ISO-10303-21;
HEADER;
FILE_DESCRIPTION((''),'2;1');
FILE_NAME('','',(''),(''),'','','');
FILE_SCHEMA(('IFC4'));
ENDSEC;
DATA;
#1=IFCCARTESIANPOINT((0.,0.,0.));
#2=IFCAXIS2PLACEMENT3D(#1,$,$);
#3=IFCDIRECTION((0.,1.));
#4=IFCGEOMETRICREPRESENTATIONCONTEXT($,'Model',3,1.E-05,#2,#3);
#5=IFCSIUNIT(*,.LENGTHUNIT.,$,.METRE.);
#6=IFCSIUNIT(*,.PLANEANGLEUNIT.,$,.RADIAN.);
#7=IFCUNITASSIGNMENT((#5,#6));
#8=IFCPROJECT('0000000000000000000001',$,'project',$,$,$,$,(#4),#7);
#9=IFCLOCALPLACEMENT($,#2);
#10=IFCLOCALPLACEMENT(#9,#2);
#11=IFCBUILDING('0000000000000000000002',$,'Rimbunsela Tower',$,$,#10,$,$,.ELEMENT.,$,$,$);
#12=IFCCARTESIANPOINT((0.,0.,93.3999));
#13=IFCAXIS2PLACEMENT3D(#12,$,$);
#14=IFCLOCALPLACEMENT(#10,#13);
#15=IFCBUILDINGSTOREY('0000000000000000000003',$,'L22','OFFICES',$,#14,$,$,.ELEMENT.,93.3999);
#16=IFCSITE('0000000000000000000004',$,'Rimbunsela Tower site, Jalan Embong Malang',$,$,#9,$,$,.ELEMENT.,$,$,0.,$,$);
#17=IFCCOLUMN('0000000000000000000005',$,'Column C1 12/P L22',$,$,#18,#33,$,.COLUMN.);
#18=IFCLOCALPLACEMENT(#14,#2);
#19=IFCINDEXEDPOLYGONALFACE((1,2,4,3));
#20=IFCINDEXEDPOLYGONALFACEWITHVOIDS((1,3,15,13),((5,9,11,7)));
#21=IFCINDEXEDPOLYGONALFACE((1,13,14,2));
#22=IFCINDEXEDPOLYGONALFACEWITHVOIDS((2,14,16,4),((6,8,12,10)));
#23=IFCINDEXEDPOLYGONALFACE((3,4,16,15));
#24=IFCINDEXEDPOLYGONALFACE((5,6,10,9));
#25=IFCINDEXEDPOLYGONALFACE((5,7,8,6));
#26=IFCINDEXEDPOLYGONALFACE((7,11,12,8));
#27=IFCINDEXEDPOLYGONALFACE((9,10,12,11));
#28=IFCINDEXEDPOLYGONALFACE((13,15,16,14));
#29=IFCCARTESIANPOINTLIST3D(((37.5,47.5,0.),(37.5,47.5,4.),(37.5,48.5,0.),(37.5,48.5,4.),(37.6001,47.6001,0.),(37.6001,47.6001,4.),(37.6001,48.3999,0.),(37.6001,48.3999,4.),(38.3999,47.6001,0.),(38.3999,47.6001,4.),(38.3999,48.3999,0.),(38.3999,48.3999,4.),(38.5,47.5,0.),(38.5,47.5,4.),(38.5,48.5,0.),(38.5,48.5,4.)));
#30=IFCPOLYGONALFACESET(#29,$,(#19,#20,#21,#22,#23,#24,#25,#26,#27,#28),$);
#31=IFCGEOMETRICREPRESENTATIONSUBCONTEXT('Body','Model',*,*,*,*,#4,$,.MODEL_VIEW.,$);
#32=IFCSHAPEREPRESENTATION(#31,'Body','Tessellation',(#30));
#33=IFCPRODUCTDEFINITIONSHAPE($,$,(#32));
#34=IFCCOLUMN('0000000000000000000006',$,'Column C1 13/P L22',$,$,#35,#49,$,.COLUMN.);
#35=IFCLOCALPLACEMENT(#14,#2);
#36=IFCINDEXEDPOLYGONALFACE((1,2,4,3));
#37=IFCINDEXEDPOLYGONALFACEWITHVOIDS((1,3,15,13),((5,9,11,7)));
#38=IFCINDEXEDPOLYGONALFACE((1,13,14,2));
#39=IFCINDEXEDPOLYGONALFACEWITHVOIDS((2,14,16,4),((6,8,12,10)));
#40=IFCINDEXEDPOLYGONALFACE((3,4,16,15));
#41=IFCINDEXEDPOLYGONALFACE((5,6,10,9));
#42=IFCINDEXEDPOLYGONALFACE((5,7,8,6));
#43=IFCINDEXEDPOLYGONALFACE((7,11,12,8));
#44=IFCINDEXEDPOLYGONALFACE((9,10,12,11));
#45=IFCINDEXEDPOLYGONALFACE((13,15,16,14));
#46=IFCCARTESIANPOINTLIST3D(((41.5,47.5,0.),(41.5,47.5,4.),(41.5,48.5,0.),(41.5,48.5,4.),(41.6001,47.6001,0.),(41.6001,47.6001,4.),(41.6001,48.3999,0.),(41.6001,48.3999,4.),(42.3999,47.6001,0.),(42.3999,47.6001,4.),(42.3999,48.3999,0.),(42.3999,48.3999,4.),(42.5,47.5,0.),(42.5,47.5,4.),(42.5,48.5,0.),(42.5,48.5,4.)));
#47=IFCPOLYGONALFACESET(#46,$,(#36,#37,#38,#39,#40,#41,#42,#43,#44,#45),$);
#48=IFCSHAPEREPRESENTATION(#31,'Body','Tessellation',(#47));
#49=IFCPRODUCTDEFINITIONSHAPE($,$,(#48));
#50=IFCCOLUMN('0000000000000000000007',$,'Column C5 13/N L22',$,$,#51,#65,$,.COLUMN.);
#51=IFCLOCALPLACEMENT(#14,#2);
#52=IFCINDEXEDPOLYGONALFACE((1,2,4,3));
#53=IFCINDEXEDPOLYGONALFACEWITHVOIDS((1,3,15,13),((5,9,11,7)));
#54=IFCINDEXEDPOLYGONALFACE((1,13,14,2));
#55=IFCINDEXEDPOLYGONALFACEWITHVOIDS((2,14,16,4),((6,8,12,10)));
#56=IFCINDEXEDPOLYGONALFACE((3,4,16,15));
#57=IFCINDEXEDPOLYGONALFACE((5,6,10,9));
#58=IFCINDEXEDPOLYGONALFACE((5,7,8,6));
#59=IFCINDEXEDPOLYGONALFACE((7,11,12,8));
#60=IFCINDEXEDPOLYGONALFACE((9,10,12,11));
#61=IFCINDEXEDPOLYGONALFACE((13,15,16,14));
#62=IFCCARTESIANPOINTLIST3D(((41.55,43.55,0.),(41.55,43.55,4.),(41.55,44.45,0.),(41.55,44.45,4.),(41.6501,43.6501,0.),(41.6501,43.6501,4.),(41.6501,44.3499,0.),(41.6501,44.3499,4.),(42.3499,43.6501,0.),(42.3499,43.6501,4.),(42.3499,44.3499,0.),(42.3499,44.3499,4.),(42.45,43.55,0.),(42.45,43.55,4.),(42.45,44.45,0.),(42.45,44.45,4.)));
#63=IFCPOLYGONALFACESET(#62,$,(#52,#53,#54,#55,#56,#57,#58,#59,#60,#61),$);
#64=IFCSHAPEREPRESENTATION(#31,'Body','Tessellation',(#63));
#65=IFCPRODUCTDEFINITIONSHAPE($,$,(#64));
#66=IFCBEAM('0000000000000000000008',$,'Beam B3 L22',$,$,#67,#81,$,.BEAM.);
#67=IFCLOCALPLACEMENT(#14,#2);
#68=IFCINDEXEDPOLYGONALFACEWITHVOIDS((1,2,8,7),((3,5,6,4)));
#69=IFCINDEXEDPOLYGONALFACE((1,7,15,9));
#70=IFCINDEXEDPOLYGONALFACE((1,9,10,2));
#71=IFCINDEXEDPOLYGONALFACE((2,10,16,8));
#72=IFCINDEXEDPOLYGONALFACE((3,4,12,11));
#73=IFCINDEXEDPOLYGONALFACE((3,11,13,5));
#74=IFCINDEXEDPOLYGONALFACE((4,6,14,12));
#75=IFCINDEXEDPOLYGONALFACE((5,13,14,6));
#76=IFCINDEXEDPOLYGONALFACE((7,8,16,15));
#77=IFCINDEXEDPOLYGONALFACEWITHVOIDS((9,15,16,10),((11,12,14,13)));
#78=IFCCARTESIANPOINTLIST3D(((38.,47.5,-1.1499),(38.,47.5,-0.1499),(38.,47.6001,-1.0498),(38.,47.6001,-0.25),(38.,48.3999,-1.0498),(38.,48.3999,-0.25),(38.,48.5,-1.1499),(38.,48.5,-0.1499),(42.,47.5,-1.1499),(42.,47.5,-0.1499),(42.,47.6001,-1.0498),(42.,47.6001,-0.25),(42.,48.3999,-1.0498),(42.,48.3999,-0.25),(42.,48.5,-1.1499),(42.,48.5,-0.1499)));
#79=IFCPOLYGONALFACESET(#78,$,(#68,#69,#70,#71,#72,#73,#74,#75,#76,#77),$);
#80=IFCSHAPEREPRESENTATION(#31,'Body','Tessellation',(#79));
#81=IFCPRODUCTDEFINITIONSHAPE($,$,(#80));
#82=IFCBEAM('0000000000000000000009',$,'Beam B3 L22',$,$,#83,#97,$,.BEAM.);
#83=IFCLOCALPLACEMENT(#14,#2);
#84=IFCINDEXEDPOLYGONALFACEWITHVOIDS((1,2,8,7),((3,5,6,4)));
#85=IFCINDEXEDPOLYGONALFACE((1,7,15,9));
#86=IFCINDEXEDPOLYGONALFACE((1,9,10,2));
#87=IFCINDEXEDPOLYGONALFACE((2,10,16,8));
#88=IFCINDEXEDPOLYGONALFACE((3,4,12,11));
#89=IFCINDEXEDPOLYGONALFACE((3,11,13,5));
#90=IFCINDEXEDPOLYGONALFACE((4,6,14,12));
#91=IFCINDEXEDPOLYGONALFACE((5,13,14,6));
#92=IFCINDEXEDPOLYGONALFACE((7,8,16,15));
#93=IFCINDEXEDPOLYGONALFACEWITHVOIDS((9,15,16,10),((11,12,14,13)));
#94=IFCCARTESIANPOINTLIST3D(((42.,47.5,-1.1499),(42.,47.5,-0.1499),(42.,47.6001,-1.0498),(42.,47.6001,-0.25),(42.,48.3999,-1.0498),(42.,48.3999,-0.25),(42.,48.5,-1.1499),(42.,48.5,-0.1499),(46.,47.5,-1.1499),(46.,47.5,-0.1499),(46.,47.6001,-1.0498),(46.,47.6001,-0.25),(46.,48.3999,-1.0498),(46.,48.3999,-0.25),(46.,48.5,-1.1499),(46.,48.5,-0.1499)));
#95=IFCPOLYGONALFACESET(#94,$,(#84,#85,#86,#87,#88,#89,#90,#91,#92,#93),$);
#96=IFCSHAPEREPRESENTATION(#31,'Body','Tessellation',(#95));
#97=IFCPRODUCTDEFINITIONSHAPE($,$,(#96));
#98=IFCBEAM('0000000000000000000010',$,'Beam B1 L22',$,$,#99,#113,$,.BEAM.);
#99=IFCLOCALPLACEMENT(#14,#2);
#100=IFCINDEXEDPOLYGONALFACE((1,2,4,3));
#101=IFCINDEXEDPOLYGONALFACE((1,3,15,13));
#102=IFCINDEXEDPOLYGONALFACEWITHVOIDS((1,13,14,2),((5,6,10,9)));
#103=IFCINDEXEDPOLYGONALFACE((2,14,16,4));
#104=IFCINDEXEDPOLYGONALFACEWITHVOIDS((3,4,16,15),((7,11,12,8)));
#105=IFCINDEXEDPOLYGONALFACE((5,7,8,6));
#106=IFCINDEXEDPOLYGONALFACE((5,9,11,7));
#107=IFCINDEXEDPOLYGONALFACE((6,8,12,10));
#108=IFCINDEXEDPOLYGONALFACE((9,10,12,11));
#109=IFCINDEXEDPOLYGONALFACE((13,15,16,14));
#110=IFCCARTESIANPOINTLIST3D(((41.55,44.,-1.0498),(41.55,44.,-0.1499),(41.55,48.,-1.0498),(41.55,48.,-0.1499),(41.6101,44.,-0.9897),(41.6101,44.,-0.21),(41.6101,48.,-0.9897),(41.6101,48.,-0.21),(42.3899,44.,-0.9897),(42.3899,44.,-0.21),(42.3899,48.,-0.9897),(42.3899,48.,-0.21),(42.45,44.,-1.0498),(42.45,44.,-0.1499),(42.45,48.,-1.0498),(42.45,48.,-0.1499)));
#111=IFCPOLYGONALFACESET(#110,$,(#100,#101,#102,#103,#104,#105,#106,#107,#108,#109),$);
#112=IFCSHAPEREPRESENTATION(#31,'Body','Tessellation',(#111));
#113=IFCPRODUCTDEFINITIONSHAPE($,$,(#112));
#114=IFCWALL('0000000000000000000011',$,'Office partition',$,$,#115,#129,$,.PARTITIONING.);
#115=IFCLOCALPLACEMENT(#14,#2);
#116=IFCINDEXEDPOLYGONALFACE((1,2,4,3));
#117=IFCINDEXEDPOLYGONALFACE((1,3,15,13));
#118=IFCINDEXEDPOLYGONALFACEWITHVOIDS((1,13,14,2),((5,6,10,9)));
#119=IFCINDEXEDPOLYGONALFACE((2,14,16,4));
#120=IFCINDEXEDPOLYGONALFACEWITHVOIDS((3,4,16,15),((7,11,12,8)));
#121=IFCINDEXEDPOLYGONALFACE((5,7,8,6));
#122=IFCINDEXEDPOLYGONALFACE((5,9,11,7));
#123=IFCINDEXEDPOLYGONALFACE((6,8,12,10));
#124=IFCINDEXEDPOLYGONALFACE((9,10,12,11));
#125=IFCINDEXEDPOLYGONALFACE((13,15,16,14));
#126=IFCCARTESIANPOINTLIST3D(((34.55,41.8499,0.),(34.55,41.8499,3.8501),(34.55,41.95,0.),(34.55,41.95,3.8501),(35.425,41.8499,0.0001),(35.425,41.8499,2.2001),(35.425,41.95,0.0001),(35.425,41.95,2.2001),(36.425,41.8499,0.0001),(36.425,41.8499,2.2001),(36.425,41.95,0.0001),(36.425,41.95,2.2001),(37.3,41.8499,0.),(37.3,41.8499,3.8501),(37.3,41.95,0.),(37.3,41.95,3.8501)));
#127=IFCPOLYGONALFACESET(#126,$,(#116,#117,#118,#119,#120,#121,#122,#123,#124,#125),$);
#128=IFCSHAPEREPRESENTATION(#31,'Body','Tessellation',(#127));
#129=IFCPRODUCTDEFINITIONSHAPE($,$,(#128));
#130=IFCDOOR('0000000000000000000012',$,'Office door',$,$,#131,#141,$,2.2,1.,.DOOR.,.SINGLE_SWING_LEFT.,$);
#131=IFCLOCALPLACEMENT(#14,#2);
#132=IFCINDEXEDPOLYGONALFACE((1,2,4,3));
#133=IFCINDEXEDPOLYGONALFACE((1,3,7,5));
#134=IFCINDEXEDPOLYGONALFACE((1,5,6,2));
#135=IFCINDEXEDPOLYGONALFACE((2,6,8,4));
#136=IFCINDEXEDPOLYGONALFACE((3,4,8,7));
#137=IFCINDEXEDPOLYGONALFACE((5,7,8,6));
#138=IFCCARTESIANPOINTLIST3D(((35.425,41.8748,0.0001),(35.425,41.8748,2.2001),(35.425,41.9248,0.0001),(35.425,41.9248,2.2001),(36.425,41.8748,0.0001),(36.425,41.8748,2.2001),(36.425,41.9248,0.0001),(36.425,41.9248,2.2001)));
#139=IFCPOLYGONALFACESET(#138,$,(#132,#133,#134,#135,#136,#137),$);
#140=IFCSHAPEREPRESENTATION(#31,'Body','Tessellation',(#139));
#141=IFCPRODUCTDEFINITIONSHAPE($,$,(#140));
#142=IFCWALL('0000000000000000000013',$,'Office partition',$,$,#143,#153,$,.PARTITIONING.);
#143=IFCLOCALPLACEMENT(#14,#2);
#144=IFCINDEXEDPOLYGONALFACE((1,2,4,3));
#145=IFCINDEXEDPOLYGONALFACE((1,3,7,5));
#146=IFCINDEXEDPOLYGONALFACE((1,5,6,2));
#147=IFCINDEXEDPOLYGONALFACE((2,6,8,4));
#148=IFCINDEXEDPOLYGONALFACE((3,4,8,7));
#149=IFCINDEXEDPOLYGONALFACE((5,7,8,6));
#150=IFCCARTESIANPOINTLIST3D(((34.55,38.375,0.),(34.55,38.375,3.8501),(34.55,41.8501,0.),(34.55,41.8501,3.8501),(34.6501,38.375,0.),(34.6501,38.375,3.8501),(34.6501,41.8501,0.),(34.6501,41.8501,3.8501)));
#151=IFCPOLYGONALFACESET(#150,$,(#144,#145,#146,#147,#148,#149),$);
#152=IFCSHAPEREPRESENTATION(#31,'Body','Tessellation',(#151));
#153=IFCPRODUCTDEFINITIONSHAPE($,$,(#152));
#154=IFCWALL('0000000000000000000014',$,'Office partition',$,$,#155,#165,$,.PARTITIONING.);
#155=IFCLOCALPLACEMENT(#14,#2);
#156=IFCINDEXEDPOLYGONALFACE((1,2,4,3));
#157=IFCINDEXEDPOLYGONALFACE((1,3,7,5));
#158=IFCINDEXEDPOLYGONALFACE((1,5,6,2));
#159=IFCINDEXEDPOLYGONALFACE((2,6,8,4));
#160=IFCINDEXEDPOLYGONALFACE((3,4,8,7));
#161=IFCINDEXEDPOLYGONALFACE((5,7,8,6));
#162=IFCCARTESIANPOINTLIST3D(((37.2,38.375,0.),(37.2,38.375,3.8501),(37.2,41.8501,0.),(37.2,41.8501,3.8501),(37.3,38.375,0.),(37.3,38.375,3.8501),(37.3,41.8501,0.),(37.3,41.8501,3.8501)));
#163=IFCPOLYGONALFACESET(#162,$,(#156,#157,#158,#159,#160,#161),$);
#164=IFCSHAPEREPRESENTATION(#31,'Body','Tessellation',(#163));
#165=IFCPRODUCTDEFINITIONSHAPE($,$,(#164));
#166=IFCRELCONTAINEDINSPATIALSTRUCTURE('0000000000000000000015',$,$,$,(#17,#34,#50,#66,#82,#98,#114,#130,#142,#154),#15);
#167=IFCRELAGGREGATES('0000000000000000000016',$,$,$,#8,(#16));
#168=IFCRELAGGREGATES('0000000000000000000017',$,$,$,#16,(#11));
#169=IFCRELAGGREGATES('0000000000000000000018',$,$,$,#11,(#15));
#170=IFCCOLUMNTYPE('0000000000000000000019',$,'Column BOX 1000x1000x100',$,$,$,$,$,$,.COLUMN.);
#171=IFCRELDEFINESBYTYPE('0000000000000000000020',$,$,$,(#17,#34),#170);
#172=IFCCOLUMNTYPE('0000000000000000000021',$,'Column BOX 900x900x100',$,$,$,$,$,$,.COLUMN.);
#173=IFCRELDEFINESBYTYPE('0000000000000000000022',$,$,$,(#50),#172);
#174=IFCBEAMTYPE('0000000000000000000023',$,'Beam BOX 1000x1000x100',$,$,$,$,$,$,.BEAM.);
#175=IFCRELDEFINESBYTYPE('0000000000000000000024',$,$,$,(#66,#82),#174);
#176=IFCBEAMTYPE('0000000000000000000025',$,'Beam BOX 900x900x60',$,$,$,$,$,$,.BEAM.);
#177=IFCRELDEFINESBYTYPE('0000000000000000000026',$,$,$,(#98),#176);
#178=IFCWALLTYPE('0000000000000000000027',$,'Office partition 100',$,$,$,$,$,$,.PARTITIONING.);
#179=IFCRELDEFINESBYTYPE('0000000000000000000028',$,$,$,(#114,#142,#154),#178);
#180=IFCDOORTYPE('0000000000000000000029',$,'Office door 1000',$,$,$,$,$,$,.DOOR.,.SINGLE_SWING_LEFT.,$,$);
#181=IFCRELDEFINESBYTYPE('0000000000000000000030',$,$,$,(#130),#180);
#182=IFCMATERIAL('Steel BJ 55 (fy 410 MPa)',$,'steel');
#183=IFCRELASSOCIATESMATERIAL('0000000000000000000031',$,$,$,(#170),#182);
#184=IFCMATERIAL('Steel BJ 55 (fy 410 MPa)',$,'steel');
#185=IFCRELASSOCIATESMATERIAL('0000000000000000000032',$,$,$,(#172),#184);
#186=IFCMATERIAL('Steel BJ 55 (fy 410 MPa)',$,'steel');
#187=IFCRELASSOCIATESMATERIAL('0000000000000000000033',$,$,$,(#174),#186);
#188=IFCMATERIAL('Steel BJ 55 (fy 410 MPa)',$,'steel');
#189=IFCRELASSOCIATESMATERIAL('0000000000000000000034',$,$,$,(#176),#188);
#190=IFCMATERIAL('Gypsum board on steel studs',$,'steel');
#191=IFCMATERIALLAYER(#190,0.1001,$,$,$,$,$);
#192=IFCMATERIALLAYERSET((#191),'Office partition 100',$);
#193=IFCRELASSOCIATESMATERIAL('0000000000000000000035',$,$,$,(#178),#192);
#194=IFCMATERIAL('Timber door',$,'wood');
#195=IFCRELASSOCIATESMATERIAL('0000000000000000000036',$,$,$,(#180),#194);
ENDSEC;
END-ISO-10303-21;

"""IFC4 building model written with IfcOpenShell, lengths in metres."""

from ifc_helpers import new_model, si_unit, direction, frame, frame_2d, origin, origin_2d, place, context, subcontext, project, spatial, rectangle, hollow_rectangle, extrude, material, layer, layer_set, material_profile, profile_set, type_object, element, fill, save


model = new_model("IFC4")

# Units and contexts
model_context = context("Model", 3, precision=1e-05, world=origin(), true_north=direction((0.0, 1.0)))
body_context = subcontext(model_context, "Body", "Model", "MODEL_VIEW")
ifc_project = project(units=[si_unit("LENGTHUNIT", "METRE"), si_unit("PLANEANGLEUNIT", "RADIAN")], contexts=[model_context])

# Site, building, storey
site_placement = place(None, origin())
site = spatial("IfcSite", under=ifc_project, at=site_placement, Name="Rimbunsela Tower site, Jalan Embong Malang", CompositionType="ELEMENT", RefElevation=0.0)
building_placement = place(site_placement, origin())
building = spatial("IfcBuilding", under=site, at=building_placement, Name="Rimbunsela Tower", CompositionType="ELEMENT")
storey_placement = place(building_placement, frame((0.0, 0.0, 93.3999)))
storey = spatial("IfcBuildingStorey", under=building, at=storey_placement, Name="L22", Description="OFFICES", CompositionType="ELEMENT", Elevation=93.3999)

# Columns
ifc_material_1 = material(Name="Steel BJ 55 (fy 410 MPa)", Category="steel")
ifc_material_profile_1 = material_profile(ifc_material_1, hollow_rectangle(XDim=1.0, YDim=1.0, WallThickness=0.1001, at=origin_2d()), Name="BOX 1000x1000x100")
ifc_profile_set_1 = profile_set([ifc_material_profile_1], Name="Steel BJ 55 (fy 410 MPa)")
column_type_1 = type_object("IfcColumnType", Name="Column BOX 1000x1000x100", PredefinedType="COLUMN", material=ifc_profile_set_1)
for number, where, z_axis, x_axis, name in (
    (1, (38.0, 48.0, 0.0), (0.0, 0.0, 1.0), (1.0, 0.0, 0.0), "Column C1 12/P L22"),
    (2, (42.0, 48.0, 0.0), (0.0, 0.0, 1.0), (1.0, 0.0, 0.0), "Column C1 13/P L22"),
):
    element("IfcColumn", number, at=place(storey_placement, frame(where, z_axis=z_axis, x_axis=x_axis)), inside=storey, type_object=column_type_1, Name=name, PredefinedType="COLUMN", context=body_context, shape_type="SweptSolid", body=[
        extrude(hollow_rectangle(XDim=1.0, YDim=1.0, WallThickness=0.1001, at=origin_2d()), origin(), (0.0, 0.0, 1.0), 4.0),
    ])
ifc_material_2 = material(Name="Steel BJ 55 (fy 410 MPa)", Category="steel")
ifc_material_profile_2 = material_profile(ifc_material_2, hollow_rectangle(XDim=0.8999, YDim=0.8999, WallThickness=0.1001, at=origin_2d()), Name="BOX 900x900x100")
ifc_profile_set_2 = profile_set([ifc_material_profile_2], Name="Steel BJ 55 (fy 410 MPa)")
column_type_2 = type_object("IfcColumnType", Name="Column BOX 900x900x100", PredefinedType="COLUMN", material=ifc_profile_set_2)
column_placement = place(storey_placement, frame((42.0, 44.0, 0.0), z_axis=(0.0, 0.0, 1.0), x_axis=(1.0, 0.0, 0.0)))
element("IfcColumn", 3, at=column_placement, inside=storey, type_object=column_type_2, Name="Column C5 13/N L22", PredefinedType="COLUMN", context=body_context, shape_type="SweptSolid", body=[
    extrude(hollow_rectangle(XDim=0.8999, YDim=0.8999, WallThickness=0.1001, at=origin_2d()), origin(), (0.0, 0.0, 1.0), 4.0),
])

# Beams
ifc_material_3 = material(Name="Steel BJ 55 (fy 410 MPa)", Category="steel")
ifc_material_profile_3 = material_profile(ifc_material_3, hollow_rectangle(XDim=1.0, YDim=1.0, WallThickness=0.1001, at=origin_2d()), Name="BOX 1000x1000x100")
ifc_profile_set_3 = profile_set([ifc_material_profile_3], Name="Steel BJ 55 (fy 410 MPa)")
beam_type_1 = type_object("IfcBeamType", Name="Beam BOX 1000x1000x100", PredefinedType="BEAM", material=ifc_profile_set_3)
for number, where, z_axis, x_axis, name in (
    (4, (38.0, 48.0, -0.6499), (1.0, 0.0, 0.0), (0.0, 1.0, 0.0), "Beam B3 L22"),
    (5, (42.0, 48.0, -0.6499), (1.0, 0.0, 0.0), (0.0, 1.0, 0.0), "Beam B3 L22"),
):
    element("IfcBeam", number, at=place(storey_placement, frame(where, z_axis=z_axis, x_axis=x_axis)), inside=storey, type_object=beam_type_1, Name=name, PredefinedType="BEAM", context=body_context, shape_type="SweptSolid", body=[
        extrude(hollow_rectangle(XDim=1.0, YDim=1.0, WallThickness=0.1001, at=origin_2d()), origin(), (0.0, 0.0, 1.0), 4.0),
    ])
ifc_material_4 = material(Name="Steel BJ 55 (fy 410 MPa)", Category="steel")
ifc_material_profile_4 = material_profile(ifc_material_4, hollow_rectangle(XDim=0.8999, YDim=0.8999, WallThickness=0.0601, at=origin_2d()), Name="BOX 900x900x60")
ifc_profile_set_4 = profile_set([ifc_material_profile_4], Name="Steel BJ 55 (fy 410 MPa)")
beam_type_2 = type_object("IfcBeamType", Name="Beam BOX 900x900x60", PredefinedType="BEAM", material=ifc_profile_set_4)
beam_placement = place(storey_placement, frame((42.0, 44.0, -0.5999), z_axis=(0.0, 1.0, 0.0), x_axis=(-1.0, 0.0, 0.0)))
element("IfcBeam", 6, at=beam_placement, inside=storey, type_object=beam_type_2, Name="Beam B1 L22", PredefinedType="BEAM", context=body_context, shape_type="SweptSolid", body=[
    extrude(hollow_rectangle(XDim=0.8999, YDim=0.8999, WallThickness=0.0601, at=origin_2d()), origin(), (0.0, 0.0, 1.0), 4.0),
])

# Wall, opening, door
ifc_material_5 = material(Name="Gypsum board on steel studs", Category="steel")
ifc_layer_1 = layer(ifc_material_5, 0.1001)
ifc_layer_set_1 = layer_set([ifc_layer_1], Name="Office partition 100")
wall_type_1 = type_object("IfcWallType", Name="Office partition 100", PredefinedType="PARTITIONING", material=ifc_layer_set_1)
wall_1_placement = place(storey_placement, frame((34.55, 41.8999, 0.0), z_axis=(0.0, 0.0, 1.0), x_axis=(1.0, 0.0, 0.0)))
wall_1 = element("IfcWall", 7, at=wall_1_placement, inside=storey, type_object=wall_type_1, Name="Office partition", PredefinedType="PARTITIONING", context=body_context, shape_type="SweptSolid", body=[
    extrude(rectangle(XDim=2.75, YDim=0.1001, at=frame_2d((1.375, 0.0))), origin(), (0.0, 0.0, 1.0), 3.8501),
])
opening_1_placement = place(wall_1_placement, frame((0.875, 0.0, 0.0)))
opening_1 = element("IfcOpeningElement", 8, at=opening_1_placement, cuts=wall_1, PredefinedType="OPENING", context=body_context, shape_type="SweptSolid", body=[
    extrude(rectangle(XDim=1.0, YDim=2.2, at=frame_2d((0.5, 1.1001))), frame((0.0, 0.0601, 0.0), z_axis=(0.0, -1.0, 0.0), x_axis=(1.0, 0.0, 0.0)), (0.0, 0.0, 1.0), 0.1201),
])
ifc_material_6 = material(Name="Timber door", Category="wood")
door_type = type_object("IfcDoorType", Name="Office door 1000", OperationType="SINGLE_SWING_LEFT", PredefinedType="DOOR", material=ifc_material_6)
door_placement = place(opening_1_placement, origin())
door = element("IfcDoor", 9, at=door_placement, inside=storey, type_object=door_type, Name="Office door", OperationType="SINGLE_SWING_LEFT", OverallHeight=2.2, OverallWidth=1.0, PredefinedType="DOOR", context=body_context, shape_type="SweptSolid", body=[
    extrude(rectangle(XDim=1.0, YDim=2.2, at=frame_2d((0.5, 1.1001))), frame((0.0, 0.0249, 0.0), z_axis=(0.0, -1.0, 0.0), x_axis=(1.0, 0.0, 0.0)), (0.0, 0.0, 1.0), 0.05),
])
fill(opening_1, door)

# Walls
for number, where, z_axis, x_axis, name in (
    (10, (34.6001, 38.375, 0.0), (0.0, 0.0, 1.0), (0.0, 1.0, 0.0), "Office partition"),
    (11, (37.25, 38.375, 0.0), (0.0, 0.0, 1.0), (0.0, 1.0, 0.0), "Office partition"),
):
    element("IfcWall", number, at=place(storey_placement, frame(where, z_axis=z_axis, x_axis=x_axis)), inside=storey, type_object=wall_type_1, Name=name, PredefinedType="PARTITIONING", context=body_context, shape_type="SweptSolid", body=[
        extrude(rectangle(XDim=3.4751, YDim=0.1001, at=frame_2d((1.7375, 0.0))), origin(), (0.0, 0.0, 1.0), 3.8501),
    ])

save(model, "model.ifc")
